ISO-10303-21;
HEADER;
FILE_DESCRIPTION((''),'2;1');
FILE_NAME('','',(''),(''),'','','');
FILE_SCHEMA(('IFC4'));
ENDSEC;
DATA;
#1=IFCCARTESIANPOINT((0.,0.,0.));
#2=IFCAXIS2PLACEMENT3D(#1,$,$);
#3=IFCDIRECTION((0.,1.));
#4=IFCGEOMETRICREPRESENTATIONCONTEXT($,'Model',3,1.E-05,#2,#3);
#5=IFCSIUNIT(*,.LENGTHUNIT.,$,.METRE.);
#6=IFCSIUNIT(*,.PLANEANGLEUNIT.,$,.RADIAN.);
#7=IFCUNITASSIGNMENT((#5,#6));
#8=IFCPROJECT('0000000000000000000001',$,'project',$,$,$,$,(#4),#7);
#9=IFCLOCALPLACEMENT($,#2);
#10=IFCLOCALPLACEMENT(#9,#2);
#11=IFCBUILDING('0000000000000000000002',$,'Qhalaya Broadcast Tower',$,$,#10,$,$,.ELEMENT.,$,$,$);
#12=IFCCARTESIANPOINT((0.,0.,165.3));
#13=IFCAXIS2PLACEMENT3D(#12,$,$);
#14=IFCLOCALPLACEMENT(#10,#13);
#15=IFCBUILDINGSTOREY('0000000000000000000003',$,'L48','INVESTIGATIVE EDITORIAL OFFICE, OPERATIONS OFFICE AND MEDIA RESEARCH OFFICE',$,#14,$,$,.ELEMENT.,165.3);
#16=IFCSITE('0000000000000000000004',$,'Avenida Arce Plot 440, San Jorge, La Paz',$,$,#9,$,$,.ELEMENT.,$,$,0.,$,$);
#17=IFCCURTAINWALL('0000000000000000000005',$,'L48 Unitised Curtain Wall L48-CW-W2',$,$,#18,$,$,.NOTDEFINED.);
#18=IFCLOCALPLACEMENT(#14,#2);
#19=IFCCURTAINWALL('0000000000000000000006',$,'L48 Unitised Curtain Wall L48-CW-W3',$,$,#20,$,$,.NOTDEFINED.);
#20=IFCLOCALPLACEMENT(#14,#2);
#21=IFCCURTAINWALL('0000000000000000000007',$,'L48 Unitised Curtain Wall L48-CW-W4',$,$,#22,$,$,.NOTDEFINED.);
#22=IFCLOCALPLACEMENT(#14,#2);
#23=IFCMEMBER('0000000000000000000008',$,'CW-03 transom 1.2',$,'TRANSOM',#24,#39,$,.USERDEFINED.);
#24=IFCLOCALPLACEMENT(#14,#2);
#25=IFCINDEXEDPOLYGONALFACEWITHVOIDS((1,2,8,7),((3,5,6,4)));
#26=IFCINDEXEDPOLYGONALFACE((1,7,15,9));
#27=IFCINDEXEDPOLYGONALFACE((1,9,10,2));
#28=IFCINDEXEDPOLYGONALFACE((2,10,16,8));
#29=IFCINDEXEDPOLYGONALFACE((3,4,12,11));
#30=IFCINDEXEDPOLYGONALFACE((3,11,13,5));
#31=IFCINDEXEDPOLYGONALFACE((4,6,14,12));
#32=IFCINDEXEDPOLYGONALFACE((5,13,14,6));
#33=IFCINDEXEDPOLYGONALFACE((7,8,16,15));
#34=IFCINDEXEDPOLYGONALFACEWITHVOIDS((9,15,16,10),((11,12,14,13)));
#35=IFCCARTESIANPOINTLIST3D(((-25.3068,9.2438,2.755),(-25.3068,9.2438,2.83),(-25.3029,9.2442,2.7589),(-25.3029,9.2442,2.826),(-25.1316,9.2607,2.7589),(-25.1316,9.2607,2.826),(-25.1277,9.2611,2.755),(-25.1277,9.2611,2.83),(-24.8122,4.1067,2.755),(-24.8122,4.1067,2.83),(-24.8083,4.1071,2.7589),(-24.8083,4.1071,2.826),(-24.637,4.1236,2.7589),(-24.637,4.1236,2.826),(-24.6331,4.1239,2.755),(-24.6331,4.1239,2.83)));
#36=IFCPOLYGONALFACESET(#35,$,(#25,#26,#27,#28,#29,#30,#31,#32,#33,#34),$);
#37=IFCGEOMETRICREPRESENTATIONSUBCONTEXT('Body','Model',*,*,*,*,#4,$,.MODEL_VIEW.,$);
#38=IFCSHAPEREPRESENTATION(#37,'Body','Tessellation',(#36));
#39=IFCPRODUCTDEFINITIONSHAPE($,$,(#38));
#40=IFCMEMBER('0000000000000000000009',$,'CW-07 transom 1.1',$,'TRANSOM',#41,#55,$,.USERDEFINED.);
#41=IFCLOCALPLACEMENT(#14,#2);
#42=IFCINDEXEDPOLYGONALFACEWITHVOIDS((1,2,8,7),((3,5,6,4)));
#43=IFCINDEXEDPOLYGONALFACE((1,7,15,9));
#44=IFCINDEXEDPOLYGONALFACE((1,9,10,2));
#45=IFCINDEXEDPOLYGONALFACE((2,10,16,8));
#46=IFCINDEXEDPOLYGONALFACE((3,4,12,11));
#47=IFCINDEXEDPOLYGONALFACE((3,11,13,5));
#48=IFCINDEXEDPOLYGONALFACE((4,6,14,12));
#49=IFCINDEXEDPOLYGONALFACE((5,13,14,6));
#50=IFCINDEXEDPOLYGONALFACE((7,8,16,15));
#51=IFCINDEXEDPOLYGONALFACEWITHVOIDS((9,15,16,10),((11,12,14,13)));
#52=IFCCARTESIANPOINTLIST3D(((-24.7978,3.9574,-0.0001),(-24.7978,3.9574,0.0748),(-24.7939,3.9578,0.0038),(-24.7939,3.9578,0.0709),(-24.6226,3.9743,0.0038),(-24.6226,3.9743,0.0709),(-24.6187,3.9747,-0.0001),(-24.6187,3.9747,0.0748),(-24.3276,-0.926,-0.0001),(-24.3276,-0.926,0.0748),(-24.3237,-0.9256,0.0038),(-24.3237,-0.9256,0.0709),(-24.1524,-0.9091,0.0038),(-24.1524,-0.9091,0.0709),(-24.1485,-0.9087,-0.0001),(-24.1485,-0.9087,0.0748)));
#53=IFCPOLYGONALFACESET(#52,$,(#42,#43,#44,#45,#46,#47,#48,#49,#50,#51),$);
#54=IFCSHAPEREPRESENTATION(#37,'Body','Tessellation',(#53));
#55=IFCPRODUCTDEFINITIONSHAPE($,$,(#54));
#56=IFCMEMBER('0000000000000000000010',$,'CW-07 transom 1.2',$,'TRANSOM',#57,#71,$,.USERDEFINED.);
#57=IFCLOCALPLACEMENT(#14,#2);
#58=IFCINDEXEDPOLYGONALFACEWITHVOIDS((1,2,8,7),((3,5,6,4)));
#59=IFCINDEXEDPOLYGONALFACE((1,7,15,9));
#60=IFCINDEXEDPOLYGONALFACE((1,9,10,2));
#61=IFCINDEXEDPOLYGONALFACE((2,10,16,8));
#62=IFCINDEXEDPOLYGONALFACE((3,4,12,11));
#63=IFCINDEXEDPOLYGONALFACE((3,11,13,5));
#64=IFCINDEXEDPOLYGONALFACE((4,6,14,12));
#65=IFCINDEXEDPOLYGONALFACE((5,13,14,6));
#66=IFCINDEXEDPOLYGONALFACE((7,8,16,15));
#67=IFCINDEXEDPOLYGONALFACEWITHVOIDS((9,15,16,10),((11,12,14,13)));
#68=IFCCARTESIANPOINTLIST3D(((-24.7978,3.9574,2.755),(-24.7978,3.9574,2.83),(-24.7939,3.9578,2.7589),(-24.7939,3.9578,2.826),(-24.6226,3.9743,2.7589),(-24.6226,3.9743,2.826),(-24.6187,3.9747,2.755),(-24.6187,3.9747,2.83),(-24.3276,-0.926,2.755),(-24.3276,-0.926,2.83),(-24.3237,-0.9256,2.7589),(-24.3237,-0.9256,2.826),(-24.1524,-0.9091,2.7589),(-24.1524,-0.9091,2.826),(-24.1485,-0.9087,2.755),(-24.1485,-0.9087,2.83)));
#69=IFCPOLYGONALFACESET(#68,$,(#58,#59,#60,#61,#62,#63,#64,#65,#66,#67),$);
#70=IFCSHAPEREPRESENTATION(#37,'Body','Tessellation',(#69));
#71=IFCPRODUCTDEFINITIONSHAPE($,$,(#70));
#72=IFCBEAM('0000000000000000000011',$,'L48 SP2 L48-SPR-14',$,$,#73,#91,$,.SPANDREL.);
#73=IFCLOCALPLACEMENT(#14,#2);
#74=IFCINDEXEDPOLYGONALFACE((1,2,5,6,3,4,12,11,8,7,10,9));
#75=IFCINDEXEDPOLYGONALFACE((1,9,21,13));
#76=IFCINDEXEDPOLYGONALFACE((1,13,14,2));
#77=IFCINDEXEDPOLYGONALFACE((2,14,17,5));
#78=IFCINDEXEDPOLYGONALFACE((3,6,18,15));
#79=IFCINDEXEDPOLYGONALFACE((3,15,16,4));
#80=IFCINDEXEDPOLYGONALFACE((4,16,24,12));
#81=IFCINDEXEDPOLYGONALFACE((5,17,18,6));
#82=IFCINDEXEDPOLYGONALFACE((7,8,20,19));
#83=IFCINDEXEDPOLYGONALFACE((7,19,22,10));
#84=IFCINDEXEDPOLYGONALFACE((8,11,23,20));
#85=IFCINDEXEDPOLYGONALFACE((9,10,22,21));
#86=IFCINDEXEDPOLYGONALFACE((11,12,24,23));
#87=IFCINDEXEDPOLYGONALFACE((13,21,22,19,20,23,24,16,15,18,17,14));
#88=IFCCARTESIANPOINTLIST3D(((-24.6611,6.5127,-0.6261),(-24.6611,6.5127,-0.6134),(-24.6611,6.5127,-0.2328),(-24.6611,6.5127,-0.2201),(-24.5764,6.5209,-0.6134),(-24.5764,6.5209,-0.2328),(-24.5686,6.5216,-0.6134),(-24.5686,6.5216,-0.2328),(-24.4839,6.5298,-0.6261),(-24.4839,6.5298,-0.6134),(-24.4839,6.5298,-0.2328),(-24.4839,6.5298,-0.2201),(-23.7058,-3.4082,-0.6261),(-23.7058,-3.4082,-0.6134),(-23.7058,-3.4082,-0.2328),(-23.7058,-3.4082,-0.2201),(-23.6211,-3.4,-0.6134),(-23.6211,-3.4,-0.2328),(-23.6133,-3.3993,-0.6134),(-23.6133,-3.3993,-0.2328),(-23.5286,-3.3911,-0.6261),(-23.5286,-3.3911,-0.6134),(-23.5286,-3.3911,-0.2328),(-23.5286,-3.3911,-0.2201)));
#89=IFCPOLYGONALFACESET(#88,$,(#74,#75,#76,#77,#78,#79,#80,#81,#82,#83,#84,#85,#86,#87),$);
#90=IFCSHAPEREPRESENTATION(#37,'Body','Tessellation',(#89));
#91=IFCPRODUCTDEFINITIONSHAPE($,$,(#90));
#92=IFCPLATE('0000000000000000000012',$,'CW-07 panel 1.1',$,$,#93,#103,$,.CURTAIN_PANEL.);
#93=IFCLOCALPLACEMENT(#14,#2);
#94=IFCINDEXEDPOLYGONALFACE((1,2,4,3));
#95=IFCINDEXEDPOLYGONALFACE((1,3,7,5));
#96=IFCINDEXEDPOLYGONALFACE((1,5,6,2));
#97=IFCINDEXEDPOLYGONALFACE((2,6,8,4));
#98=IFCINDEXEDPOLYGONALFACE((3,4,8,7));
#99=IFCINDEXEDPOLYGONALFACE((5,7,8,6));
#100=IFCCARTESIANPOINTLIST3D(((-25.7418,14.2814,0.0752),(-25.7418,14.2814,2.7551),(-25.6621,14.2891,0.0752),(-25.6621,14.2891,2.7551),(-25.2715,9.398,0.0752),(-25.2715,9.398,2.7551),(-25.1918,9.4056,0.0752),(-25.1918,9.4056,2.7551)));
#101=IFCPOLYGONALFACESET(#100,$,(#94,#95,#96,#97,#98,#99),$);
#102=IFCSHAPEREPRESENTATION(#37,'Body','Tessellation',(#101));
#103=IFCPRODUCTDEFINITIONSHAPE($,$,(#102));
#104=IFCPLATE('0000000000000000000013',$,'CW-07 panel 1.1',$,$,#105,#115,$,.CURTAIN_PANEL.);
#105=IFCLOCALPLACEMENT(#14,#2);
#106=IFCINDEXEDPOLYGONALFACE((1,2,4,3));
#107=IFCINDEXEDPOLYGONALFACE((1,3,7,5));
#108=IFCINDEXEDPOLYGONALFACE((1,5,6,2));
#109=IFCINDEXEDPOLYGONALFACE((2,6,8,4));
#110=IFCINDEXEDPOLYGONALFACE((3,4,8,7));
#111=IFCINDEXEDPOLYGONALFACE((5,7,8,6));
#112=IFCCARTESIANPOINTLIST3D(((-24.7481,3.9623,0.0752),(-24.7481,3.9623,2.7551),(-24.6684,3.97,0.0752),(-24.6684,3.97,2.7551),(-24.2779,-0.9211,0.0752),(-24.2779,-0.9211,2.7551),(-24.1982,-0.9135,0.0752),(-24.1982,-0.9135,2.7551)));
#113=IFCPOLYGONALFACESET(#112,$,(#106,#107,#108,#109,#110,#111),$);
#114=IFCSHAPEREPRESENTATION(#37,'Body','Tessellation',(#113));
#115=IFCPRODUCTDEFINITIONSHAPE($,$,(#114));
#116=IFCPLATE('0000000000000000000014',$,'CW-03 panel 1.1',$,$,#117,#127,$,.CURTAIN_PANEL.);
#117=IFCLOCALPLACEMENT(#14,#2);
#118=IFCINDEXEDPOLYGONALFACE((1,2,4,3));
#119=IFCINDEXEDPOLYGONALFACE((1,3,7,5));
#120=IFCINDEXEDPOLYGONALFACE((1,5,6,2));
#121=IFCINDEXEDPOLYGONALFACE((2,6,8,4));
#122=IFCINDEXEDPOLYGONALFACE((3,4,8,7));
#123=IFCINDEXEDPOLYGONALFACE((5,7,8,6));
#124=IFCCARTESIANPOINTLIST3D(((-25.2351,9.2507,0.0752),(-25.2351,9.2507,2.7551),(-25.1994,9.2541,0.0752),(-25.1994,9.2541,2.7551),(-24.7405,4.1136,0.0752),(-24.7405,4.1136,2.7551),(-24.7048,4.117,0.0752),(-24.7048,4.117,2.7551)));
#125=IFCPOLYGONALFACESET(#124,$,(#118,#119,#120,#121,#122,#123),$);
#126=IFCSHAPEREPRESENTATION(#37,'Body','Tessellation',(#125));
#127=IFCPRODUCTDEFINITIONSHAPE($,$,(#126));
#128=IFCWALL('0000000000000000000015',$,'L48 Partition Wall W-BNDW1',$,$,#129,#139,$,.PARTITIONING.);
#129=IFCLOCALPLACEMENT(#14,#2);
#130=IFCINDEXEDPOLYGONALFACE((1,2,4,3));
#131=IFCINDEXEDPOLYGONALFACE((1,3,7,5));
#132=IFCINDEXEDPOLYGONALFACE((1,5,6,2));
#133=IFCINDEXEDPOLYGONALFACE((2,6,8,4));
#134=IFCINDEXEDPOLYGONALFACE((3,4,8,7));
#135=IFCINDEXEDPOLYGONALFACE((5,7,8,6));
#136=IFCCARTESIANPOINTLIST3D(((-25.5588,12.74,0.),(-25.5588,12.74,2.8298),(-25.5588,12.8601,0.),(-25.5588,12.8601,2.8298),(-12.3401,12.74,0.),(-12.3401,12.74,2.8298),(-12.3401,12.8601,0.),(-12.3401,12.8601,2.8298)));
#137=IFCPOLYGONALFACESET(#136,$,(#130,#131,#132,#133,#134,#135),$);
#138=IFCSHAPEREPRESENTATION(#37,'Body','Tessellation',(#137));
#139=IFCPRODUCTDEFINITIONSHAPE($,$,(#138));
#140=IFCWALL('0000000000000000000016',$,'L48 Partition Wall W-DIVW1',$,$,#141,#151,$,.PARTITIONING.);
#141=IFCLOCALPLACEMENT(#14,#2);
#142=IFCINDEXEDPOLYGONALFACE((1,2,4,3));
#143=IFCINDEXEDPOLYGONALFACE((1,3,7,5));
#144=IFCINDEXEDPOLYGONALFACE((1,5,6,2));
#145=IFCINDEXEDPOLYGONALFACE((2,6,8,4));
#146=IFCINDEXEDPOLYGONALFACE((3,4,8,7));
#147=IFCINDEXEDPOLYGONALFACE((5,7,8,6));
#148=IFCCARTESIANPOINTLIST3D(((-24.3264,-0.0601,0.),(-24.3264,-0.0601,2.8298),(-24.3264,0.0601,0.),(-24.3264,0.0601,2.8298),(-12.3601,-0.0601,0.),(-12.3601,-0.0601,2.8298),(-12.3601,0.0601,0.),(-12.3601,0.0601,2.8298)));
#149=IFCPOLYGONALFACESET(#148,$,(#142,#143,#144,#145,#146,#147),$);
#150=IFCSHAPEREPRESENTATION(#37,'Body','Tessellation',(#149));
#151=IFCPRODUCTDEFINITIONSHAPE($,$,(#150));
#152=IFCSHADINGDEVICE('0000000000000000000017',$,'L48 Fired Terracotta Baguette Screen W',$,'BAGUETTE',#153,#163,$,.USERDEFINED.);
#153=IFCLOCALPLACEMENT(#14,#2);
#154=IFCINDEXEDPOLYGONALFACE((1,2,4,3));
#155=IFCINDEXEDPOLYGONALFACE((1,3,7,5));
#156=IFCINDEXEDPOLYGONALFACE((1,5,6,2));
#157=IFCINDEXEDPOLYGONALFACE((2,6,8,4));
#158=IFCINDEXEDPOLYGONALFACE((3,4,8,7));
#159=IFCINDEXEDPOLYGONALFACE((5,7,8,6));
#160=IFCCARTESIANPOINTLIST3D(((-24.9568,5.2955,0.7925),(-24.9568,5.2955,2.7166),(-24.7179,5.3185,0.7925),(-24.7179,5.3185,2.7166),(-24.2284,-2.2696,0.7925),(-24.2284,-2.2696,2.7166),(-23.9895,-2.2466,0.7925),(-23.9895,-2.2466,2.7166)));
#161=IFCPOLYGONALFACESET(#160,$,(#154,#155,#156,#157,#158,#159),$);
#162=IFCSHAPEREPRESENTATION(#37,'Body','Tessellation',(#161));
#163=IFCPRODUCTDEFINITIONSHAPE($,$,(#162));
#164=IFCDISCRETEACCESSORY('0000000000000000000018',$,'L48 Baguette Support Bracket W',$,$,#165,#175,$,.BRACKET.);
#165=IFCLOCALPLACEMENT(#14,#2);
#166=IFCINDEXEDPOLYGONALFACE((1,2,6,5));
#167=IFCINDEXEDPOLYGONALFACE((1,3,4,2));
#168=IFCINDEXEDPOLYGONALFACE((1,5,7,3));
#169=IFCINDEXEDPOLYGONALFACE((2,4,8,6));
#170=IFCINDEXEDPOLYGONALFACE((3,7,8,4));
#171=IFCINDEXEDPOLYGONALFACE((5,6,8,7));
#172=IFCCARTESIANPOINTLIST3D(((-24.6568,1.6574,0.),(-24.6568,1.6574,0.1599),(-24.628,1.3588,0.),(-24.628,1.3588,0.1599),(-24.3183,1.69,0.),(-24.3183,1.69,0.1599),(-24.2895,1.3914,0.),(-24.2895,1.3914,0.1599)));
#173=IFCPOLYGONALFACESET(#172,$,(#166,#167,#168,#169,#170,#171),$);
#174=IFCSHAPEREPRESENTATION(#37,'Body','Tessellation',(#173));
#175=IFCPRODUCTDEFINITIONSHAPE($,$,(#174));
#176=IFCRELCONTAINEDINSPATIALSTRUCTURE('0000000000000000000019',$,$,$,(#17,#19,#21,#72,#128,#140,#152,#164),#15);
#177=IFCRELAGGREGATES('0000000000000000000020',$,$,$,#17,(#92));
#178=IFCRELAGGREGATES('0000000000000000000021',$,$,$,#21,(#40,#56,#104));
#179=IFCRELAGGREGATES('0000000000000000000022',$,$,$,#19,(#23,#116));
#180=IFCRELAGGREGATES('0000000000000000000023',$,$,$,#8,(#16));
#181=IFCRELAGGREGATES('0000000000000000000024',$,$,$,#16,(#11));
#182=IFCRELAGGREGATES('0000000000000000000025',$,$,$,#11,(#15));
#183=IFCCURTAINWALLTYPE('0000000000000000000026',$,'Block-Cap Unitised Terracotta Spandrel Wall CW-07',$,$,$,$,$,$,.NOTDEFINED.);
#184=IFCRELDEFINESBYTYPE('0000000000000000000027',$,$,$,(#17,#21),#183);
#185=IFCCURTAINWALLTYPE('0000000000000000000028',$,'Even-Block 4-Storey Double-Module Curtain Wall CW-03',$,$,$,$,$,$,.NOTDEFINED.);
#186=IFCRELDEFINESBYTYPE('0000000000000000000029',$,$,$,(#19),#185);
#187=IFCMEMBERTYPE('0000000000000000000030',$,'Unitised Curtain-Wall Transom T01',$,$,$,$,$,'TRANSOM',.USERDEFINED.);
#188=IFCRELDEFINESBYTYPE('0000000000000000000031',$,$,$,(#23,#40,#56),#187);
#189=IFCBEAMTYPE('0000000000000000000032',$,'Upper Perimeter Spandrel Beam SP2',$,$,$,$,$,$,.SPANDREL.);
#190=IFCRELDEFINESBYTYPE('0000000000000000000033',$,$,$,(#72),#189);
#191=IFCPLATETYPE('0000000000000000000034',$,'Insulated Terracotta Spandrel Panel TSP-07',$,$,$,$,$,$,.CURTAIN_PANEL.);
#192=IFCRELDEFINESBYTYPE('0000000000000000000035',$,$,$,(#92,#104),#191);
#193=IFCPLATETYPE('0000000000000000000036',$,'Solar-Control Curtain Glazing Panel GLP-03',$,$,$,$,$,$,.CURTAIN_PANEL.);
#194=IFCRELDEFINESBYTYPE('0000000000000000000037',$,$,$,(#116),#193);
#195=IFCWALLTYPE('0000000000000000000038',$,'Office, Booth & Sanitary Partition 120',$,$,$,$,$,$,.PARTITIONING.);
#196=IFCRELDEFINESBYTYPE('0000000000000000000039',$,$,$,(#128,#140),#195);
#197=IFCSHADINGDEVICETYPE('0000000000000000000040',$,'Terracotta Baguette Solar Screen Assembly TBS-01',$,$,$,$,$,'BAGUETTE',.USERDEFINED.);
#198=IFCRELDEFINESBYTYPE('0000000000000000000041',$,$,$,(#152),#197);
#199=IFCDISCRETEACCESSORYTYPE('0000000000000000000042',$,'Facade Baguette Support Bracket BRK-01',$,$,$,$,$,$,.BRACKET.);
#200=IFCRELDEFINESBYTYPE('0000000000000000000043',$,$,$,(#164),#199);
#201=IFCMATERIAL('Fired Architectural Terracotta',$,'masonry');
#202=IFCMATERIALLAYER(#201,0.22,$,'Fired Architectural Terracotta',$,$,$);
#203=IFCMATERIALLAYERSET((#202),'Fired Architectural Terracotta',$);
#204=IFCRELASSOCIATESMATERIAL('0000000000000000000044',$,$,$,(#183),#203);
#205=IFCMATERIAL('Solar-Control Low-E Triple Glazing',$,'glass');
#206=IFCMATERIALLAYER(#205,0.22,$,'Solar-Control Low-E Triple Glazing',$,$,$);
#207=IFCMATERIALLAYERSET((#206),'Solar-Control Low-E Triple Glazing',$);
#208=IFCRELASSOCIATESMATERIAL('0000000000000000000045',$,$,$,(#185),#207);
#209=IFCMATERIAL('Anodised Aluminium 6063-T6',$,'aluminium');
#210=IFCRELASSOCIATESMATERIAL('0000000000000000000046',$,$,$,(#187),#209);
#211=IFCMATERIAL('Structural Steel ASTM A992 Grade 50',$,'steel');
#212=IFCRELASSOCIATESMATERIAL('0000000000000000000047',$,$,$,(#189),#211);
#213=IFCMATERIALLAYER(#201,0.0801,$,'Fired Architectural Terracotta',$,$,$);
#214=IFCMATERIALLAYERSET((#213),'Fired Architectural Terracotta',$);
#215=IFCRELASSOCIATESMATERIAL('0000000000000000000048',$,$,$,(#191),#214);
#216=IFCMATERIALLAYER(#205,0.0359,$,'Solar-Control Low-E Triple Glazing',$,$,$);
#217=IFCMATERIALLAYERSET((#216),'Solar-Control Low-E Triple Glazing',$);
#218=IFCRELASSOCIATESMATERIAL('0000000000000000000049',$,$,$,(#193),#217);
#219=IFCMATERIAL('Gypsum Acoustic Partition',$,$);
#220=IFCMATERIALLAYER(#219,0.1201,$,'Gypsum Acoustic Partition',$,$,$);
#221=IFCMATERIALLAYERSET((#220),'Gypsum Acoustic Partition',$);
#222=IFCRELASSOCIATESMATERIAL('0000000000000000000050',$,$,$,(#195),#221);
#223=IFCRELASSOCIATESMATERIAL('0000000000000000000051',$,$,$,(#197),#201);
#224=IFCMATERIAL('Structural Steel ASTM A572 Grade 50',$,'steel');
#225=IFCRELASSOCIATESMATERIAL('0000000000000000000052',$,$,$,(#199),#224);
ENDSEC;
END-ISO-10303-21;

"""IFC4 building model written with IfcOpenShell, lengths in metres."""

from ifc_helpers import new_model, si_unit, direction, frame, frame_2d, origin, origin_2d, place, context, subcontext, project, spatial, rectangle, hollow_rectangle, i_section, extrude, material, layer, layer_set, material_profile, profile_set, type_object, element, aggregate, save


model = new_model("IFC4")

# Units and contexts
model_context = context("Model", 3, precision=1e-05, world=origin(), true_north=direction((0.0, 1.0)))
body_context = subcontext(model_context, "Body", "Model", "MODEL_VIEW")
ifc_project = project(units=[si_unit("LENGTHUNIT", "METRE"), si_unit("PLANEANGLEUNIT", "RADIAN")], contexts=[model_context])

# Site, building, storey
site_placement = place(None, origin())
site = spatial("IfcSite", under=ifc_project, at=site_placement, Name="Avenida Arce Plot 440, San Jorge, La Paz", CompositionType="ELEMENT", RefElevation=0.0)
building_placement = place(site_placement, origin())
building = spatial("IfcBuilding", under=site, at=building_placement, Name="Qhalaya Broadcast Tower", CompositionType="ELEMENT")
storey_placement = place(building_placement, frame((0.0, 0.0, 165.3)))
storey = spatial("IfcBuildingStorey", under=building, at=storey_placement, Name="L48", Description="INVESTIGATIVE EDITORIAL OFFICE, OPERATIONS OFFICE AND MEDIA RESEARCH OFFICE", CompositionType="ELEMENT", Elevation=165.3)

# Shared definitions
ifc_material_1 = material(Name="Structural Steel ASTM A572 Grade 50", Category="steel")

# Shared definitions
ifc_material_2 = material(Name="Structural Steel ASTM A992 Grade 50", Category="steel")

# Curtain wall
ifc_material_3 = material(Name="Fired Architectural Terracotta", Category="masonry")
ifc_layer_1 = layer(ifc_material_3, 0.22, Name="Fired Architectural Terracotta")
ifc_layer_set_1 = layer_set([ifc_layer_1], Name="Fired Architectural Terracotta")
curtain_wall_type_1 = type_object("IfcCurtainWallType", Name="Block-Cap Unitised Terracotta Spandrel Wall CW-07", PredefinedType="NOTDEFINED", material=ifc_layer_set_1)
curtain_wall_1_placement = place(storey_placement, origin())
curtain_wall_1 = element("IfcCurtainWall", 1, at=curtain_wall_1_placement, inside=storey, type_object=curtain_wall_type_1, Name="L48 Unitised Curtain Wall L48-CW-W2", PredefinedType="NOTDEFINED")
ifc_material_4 = material(Name="Anodised Aluminium 6063-T6", Category="aluminium")

# Curtain wall
ifc_material_5 = material(Name="Solar-Control Low-E Triple Glazing", Category="glass")
ifc_layer_2 = layer(ifc_material_5, 0.22, Name="Solar-Control Low-E Triple Glazing")
ifc_layer_set_2 = layer_set([ifc_layer_2], Name="Solar-Control Low-E Triple Glazing")
curtain_wall_type_2 = type_object("IfcCurtainWallType", Name="Even-Block 4-Storey Double-Module Curtain Wall CW-03", PredefinedType="NOTDEFINED", material=ifc_layer_set_2)
curtain_wall_2_placement = place(storey_placement, origin())
curtain_wall_2 = element("IfcCurtainWall", 2, at=curtain_wall_2_placement, inside=storey, type_object=curtain_wall_type_2, Name="L48 Unitised Curtain Wall L48-CW-W3", PredefinedType="NOTDEFINED")

# Curtain wall
curtain_wall_3_placement = place(storey_placement, origin())
curtain_wall_3 = element("IfcCurtainWall", 3, at=curtain_wall_3_placement, inside=storey, type_object=curtain_wall_type_1, Name="L48 Unitised Curtain Wall L48-CW-W4", PredefinedType="NOTDEFINED")

# Members
ifc_material_profile_1 = material_profile(ifc_material_4, hollow_rectangle(XDim=0.075, YDim=0.1799, WallThickness=0.0039, at=origin_2d()), Name="ALU-TRN 75x180x4")
ifc_profile_set_1 = profile_set([ifc_material_profile_1], Name="Anodised Aluminium 6063-T6")
member_type_1 = type_object("IfcMemberType", Name="Unitised Curtain-Wall Transom T01", ElementType="TRANSOM", PredefinedType="USERDEFINED", material=ifc_profile_set_1)
member_1_placement = place(storey_placement, frame((-25.2173, 9.2524, 2.7925), z_axis=(0.09584, -0.995397, 0.0), x_axis=(0.0, 0.0, 1.0)))
member_1 = element("IfcMember", 4, at=member_1_placement, type_object=member_type_1, Name="CW-03 transom 1.2", ObjectType="TRANSOM", PredefinedType="USERDEFINED", context=body_context, shape_type="SweptSolid", body=[
    extrude(hollow_rectangle(XDim=0.075, YDim=0.1799, WallThickness=0.0039, at=origin_2d()), origin(), (0.0, 0.0, 1.0), 5.1609),
])
member_2_placement = place(storey_placement, frame((-24.7083, 3.9661, 0.0374), z_axis=(0.095847, -0.995396, 0.0), x_axis=(0.0, 0.0, 1.0)))
member_2 = element("IfcMember", 5, at=member_2_placement, type_object=member_type_1, Name="CW-07 transom 1.1", ObjectType="TRANSOM", PredefinedType="USERDEFINED", context=body_context, shape_type="SweptSolid", body=[
    extrude(hollow_rectangle(XDim=0.075, YDim=0.1799, WallThickness=0.0039, at=origin_2d()), origin(), (0.0, 0.0, 1.0), 4.906),
])
member_3_placement = place(storey_placement, frame((-24.7083, 3.9661, 2.7925), z_axis=(0.095847, -0.995396, 0.0), x_axis=(0.0, 0.0, 1.0)))
member_3 = element("IfcMember", 6, at=member_3_placement, type_object=member_type_1, Name="CW-07 transom 1.2", ObjectType="TRANSOM", PredefinedType="USERDEFINED", context=body_context, shape_type="SweptSolid", body=[
    extrude(hollow_rectangle(XDim=0.075, YDim=0.1799, WallThickness=0.0039, at=origin_2d()), origin(), (0.0, 0.0, 1.0), 4.906),
])

# Beam
ifc_material_profile_2 = material_profile(ifc_material_2, i_section(OverallWidth=0.178, OverallDepth=0.406, WebThickness=0.0078, FlangeThickness=0.0127, at=origin_2d()), Name="W16X40")
ifc_profile_set_2 = profile_set([ifc_material_profile_2], Name="Structural Steel ASTM A992 Grade 50")
beam_type_1 = type_object("IfcBeamType", Name="Upper Perimeter Spandrel Beam SP2", PredefinedType="SPANDREL", material=ifc_profile_set_2)
beam_1_placement = place(storey_placement, frame((-24.5725, 6.5212, -0.4231), z_axis=(0.095851, -0.995396, 0.0), x_axis=(0.995396, 0.095851, 0.0)))
element("IfcBeam", 7, at=beam_1_placement, inside=storey, type_object=beam_type_1, Name="L48 SP2 L48-SPR-14", PredefinedType="SPANDREL", context=body_context, shape_type="SweptSolid", body=[
    extrude(i_section(OverallWidth=0.178, OverallDepth=0.406, WebThickness=0.0078, FlangeThickness=0.0127, at=origin_2d()), origin(), (0.0, 0.0, 1.0), 9.9668),
])

# Plates
ifc_layer_3 = layer(ifc_material_3, 0.0801, Name="Fired Architectural Terracotta")
ifc_layer_set_3 = layer_set([ifc_layer_3], Name="Fired Architectural Terracotta")
plate_type_1 = type_object("IfcPlateType", Name="Insulated Terracotta Spandrel Panel TSP-07", PredefinedType="CURTAIN_PANEL", material=ifc_layer_set_3)
plate_1_placement = place(storey_placement, frame((-25.4668, 11.8435, 0.0752), z_axis=(0.0, 0.0, 1.0), x_axis=(0.095845, -0.995396, 0.0)))
plate_1 = element("IfcPlate", 8, at=plate_1_placement, type_object=plate_type_1, Name="CW-07 panel 1.1", PredefinedType="CURTAIN_PANEL", context=body_context, shape_type="SweptSolid", body=[
    extrude(rectangle(XDim=4.906, YDim=0.0801, at=origin_2d()), origin(), (0.0, 0.0, 1.0), 2.6799),
])
aggregate(curtain_wall_1, [plate_1])
plate_2_placement = place(storey_placement, frame((-24.4731, 1.5244, 0.0752), z_axis=(0.0, 0.0, 1.0), x_axis=(0.095847, -0.995396, 0.0)))
plate_2 = element("IfcPlate", 9, at=plate_2_placement, type_object=plate_type_1, Name="CW-07 panel 1.1", PredefinedType="CURTAIN_PANEL", context=body_context, shape_type="SweptSolid", body=[
    extrude(rectangle(XDim=4.906, YDim=0.0801, at=origin_2d()), origin(), (0.0, 0.0, 1.0), 2.6799),
])
aggregate(curtain_wall_3, [member_2, member_3, plate_2])
ifc_layer_4 = layer(ifc_material_5, 0.0359, Name="Solar-Control Low-E Triple Glazing")
ifc_layer_set_4 = layer_set([ifc_layer_4], Name="Solar-Control Low-E Triple Glazing")
plate_type_2 = type_object("IfcPlateType", Name="Solar-Control Curtain Glazing Panel GLP-03", PredefinedType="CURTAIN_PANEL", material=ifc_layer_set_4)
plate_3_placement = place(storey_placement, frame((-24.97, 6.6838, 0.0752), z_axis=(0.0, 0.0, 1.0), x_axis=(0.09584, -0.995397, 0.0)))
plate_3 = element("IfcPlate", 10, at=plate_3_placement, type_object=plate_type_2, Name="CW-03 panel 1.1", PredefinedType="CURTAIN_PANEL", context=body_context, shape_type="SweptSolid", body=[
    extrude(rectangle(XDim=5.1609, YDim=0.0359, at=origin_2d()), origin(), (0.0, 0.0, 1.0), 2.6799),
])
aggregate(curtain_wall_2, [member_1, plate_3])

# Walls
ifc_material_6 = material(Name="Gypsum Acoustic Partition")
ifc_layer_5 = layer(ifc_material_6, 0.1201, Name="Gypsum Acoustic Partition")
ifc_layer_set_5 = layer_set([ifc_layer_5], Name="Gypsum Acoustic Partition")
wall_type = type_object("IfcWallType", Name="Office, Booth & Sanitary Partition 120", PredefinedType="PARTITIONING", material=ifc_layer_set_5)
wall_1_placement = place(storey_placement, frame((-25.5588, 12.8, 0.0), z_axis=(0.0, 0.0, 1.0), x_axis=(1.0, 0.0, 0.0)))
element("IfcWall", 11, at=wall_1_placement, inside=storey, type_object=wall_type, Name="L48 Partition Wall W-BNDW1", PredefinedType="PARTITIONING", context=body_context, shape_type="SweptSolid", body=[
    extrude(rectangle(XDim=13.2188, YDim=0.1201, at=frame_2d((6.6094, 0.0))), origin(), (0.0, 0.0, 1.0), 2.8298),
])
wall_2_placement = place(storey_placement, frame((-24.3264, 0.0, 0.0), z_axis=(0.0, 0.0, 1.0), x_axis=(1.0, 0.0, 0.0)))
element("IfcWall", 12, at=wall_2_placement, inside=storey, type_object=wall_type, Name="L48 Partition Wall W-DIVW1", PredefinedType="PARTITIONING", context=body_context, shape_type="SweptSolid", body=[
    extrude(rectangle(XDim=11.9663, YDim=0.1201, at=frame_2d((5.9832, 0.0))), origin(), (0.0, 0.0, 1.0), 2.8298),
])

# Shading device
shading_device_type = type_object("IfcShadingDeviceType", Name="Terracotta Baguette Solar Screen Assembly TBS-01", ElementType="BAGUETTE", PredefinedType="USERDEFINED", material=ifc_material_3)
shading_device_placement = place(storey_placement, frame((-24.4731, 1.5244, 0.7925), z_axis=(0.0, 0.0, 1.0), x_axis=(0.095846, -0.995396, 0.0)))
element("IfcShadingDevice", 13, at=shading_device_placement, inside=storey, type_object=shading_device_type, Name="L48 Fired Terracotta Baguette Screen W", ObjectType="BAGUETTE", PredefinedType="USERDEFINED", context=body_context, shape_type="SweptSolid", body=[
    extrude(rectangle(XDim=7.6001, YDim=0.24, at=origin_2d()), origin(), (0.0, 0.0, 1.0), 1.9241),
])

# Discrete accessory
discrete_accessory_type = type_object("IfcDiscreteAccessoryType", Name="Facade Baguette Support Bracket BRK-01", PredefinedType="BRACKET", material=ifc_material_1)
discrete_accessory_placement = place(storey_placement, frame((-24.4731, 1.5244, 0.0), z_axis=(0.0, 0.0, 1.0), x_axis=(0.095846, -0.995396, 0.0)))
element("IfcDiscreteAccessory", 14, at=discrete_accessory_placement, inside=storey, type_object=discrete_accessory_type, Name="L48 Baguette Support Bracket W", PredefinedType="BRACKET", context=body_context, shape_type="SweptSolid", body=[
    extrude(rectangle(XDim=0.3, YDim=0.3401, at=origin_2d()), origin(), (0.0, 0.0, 1.0), 0.1599),
])

save(model, "model.ifc")
